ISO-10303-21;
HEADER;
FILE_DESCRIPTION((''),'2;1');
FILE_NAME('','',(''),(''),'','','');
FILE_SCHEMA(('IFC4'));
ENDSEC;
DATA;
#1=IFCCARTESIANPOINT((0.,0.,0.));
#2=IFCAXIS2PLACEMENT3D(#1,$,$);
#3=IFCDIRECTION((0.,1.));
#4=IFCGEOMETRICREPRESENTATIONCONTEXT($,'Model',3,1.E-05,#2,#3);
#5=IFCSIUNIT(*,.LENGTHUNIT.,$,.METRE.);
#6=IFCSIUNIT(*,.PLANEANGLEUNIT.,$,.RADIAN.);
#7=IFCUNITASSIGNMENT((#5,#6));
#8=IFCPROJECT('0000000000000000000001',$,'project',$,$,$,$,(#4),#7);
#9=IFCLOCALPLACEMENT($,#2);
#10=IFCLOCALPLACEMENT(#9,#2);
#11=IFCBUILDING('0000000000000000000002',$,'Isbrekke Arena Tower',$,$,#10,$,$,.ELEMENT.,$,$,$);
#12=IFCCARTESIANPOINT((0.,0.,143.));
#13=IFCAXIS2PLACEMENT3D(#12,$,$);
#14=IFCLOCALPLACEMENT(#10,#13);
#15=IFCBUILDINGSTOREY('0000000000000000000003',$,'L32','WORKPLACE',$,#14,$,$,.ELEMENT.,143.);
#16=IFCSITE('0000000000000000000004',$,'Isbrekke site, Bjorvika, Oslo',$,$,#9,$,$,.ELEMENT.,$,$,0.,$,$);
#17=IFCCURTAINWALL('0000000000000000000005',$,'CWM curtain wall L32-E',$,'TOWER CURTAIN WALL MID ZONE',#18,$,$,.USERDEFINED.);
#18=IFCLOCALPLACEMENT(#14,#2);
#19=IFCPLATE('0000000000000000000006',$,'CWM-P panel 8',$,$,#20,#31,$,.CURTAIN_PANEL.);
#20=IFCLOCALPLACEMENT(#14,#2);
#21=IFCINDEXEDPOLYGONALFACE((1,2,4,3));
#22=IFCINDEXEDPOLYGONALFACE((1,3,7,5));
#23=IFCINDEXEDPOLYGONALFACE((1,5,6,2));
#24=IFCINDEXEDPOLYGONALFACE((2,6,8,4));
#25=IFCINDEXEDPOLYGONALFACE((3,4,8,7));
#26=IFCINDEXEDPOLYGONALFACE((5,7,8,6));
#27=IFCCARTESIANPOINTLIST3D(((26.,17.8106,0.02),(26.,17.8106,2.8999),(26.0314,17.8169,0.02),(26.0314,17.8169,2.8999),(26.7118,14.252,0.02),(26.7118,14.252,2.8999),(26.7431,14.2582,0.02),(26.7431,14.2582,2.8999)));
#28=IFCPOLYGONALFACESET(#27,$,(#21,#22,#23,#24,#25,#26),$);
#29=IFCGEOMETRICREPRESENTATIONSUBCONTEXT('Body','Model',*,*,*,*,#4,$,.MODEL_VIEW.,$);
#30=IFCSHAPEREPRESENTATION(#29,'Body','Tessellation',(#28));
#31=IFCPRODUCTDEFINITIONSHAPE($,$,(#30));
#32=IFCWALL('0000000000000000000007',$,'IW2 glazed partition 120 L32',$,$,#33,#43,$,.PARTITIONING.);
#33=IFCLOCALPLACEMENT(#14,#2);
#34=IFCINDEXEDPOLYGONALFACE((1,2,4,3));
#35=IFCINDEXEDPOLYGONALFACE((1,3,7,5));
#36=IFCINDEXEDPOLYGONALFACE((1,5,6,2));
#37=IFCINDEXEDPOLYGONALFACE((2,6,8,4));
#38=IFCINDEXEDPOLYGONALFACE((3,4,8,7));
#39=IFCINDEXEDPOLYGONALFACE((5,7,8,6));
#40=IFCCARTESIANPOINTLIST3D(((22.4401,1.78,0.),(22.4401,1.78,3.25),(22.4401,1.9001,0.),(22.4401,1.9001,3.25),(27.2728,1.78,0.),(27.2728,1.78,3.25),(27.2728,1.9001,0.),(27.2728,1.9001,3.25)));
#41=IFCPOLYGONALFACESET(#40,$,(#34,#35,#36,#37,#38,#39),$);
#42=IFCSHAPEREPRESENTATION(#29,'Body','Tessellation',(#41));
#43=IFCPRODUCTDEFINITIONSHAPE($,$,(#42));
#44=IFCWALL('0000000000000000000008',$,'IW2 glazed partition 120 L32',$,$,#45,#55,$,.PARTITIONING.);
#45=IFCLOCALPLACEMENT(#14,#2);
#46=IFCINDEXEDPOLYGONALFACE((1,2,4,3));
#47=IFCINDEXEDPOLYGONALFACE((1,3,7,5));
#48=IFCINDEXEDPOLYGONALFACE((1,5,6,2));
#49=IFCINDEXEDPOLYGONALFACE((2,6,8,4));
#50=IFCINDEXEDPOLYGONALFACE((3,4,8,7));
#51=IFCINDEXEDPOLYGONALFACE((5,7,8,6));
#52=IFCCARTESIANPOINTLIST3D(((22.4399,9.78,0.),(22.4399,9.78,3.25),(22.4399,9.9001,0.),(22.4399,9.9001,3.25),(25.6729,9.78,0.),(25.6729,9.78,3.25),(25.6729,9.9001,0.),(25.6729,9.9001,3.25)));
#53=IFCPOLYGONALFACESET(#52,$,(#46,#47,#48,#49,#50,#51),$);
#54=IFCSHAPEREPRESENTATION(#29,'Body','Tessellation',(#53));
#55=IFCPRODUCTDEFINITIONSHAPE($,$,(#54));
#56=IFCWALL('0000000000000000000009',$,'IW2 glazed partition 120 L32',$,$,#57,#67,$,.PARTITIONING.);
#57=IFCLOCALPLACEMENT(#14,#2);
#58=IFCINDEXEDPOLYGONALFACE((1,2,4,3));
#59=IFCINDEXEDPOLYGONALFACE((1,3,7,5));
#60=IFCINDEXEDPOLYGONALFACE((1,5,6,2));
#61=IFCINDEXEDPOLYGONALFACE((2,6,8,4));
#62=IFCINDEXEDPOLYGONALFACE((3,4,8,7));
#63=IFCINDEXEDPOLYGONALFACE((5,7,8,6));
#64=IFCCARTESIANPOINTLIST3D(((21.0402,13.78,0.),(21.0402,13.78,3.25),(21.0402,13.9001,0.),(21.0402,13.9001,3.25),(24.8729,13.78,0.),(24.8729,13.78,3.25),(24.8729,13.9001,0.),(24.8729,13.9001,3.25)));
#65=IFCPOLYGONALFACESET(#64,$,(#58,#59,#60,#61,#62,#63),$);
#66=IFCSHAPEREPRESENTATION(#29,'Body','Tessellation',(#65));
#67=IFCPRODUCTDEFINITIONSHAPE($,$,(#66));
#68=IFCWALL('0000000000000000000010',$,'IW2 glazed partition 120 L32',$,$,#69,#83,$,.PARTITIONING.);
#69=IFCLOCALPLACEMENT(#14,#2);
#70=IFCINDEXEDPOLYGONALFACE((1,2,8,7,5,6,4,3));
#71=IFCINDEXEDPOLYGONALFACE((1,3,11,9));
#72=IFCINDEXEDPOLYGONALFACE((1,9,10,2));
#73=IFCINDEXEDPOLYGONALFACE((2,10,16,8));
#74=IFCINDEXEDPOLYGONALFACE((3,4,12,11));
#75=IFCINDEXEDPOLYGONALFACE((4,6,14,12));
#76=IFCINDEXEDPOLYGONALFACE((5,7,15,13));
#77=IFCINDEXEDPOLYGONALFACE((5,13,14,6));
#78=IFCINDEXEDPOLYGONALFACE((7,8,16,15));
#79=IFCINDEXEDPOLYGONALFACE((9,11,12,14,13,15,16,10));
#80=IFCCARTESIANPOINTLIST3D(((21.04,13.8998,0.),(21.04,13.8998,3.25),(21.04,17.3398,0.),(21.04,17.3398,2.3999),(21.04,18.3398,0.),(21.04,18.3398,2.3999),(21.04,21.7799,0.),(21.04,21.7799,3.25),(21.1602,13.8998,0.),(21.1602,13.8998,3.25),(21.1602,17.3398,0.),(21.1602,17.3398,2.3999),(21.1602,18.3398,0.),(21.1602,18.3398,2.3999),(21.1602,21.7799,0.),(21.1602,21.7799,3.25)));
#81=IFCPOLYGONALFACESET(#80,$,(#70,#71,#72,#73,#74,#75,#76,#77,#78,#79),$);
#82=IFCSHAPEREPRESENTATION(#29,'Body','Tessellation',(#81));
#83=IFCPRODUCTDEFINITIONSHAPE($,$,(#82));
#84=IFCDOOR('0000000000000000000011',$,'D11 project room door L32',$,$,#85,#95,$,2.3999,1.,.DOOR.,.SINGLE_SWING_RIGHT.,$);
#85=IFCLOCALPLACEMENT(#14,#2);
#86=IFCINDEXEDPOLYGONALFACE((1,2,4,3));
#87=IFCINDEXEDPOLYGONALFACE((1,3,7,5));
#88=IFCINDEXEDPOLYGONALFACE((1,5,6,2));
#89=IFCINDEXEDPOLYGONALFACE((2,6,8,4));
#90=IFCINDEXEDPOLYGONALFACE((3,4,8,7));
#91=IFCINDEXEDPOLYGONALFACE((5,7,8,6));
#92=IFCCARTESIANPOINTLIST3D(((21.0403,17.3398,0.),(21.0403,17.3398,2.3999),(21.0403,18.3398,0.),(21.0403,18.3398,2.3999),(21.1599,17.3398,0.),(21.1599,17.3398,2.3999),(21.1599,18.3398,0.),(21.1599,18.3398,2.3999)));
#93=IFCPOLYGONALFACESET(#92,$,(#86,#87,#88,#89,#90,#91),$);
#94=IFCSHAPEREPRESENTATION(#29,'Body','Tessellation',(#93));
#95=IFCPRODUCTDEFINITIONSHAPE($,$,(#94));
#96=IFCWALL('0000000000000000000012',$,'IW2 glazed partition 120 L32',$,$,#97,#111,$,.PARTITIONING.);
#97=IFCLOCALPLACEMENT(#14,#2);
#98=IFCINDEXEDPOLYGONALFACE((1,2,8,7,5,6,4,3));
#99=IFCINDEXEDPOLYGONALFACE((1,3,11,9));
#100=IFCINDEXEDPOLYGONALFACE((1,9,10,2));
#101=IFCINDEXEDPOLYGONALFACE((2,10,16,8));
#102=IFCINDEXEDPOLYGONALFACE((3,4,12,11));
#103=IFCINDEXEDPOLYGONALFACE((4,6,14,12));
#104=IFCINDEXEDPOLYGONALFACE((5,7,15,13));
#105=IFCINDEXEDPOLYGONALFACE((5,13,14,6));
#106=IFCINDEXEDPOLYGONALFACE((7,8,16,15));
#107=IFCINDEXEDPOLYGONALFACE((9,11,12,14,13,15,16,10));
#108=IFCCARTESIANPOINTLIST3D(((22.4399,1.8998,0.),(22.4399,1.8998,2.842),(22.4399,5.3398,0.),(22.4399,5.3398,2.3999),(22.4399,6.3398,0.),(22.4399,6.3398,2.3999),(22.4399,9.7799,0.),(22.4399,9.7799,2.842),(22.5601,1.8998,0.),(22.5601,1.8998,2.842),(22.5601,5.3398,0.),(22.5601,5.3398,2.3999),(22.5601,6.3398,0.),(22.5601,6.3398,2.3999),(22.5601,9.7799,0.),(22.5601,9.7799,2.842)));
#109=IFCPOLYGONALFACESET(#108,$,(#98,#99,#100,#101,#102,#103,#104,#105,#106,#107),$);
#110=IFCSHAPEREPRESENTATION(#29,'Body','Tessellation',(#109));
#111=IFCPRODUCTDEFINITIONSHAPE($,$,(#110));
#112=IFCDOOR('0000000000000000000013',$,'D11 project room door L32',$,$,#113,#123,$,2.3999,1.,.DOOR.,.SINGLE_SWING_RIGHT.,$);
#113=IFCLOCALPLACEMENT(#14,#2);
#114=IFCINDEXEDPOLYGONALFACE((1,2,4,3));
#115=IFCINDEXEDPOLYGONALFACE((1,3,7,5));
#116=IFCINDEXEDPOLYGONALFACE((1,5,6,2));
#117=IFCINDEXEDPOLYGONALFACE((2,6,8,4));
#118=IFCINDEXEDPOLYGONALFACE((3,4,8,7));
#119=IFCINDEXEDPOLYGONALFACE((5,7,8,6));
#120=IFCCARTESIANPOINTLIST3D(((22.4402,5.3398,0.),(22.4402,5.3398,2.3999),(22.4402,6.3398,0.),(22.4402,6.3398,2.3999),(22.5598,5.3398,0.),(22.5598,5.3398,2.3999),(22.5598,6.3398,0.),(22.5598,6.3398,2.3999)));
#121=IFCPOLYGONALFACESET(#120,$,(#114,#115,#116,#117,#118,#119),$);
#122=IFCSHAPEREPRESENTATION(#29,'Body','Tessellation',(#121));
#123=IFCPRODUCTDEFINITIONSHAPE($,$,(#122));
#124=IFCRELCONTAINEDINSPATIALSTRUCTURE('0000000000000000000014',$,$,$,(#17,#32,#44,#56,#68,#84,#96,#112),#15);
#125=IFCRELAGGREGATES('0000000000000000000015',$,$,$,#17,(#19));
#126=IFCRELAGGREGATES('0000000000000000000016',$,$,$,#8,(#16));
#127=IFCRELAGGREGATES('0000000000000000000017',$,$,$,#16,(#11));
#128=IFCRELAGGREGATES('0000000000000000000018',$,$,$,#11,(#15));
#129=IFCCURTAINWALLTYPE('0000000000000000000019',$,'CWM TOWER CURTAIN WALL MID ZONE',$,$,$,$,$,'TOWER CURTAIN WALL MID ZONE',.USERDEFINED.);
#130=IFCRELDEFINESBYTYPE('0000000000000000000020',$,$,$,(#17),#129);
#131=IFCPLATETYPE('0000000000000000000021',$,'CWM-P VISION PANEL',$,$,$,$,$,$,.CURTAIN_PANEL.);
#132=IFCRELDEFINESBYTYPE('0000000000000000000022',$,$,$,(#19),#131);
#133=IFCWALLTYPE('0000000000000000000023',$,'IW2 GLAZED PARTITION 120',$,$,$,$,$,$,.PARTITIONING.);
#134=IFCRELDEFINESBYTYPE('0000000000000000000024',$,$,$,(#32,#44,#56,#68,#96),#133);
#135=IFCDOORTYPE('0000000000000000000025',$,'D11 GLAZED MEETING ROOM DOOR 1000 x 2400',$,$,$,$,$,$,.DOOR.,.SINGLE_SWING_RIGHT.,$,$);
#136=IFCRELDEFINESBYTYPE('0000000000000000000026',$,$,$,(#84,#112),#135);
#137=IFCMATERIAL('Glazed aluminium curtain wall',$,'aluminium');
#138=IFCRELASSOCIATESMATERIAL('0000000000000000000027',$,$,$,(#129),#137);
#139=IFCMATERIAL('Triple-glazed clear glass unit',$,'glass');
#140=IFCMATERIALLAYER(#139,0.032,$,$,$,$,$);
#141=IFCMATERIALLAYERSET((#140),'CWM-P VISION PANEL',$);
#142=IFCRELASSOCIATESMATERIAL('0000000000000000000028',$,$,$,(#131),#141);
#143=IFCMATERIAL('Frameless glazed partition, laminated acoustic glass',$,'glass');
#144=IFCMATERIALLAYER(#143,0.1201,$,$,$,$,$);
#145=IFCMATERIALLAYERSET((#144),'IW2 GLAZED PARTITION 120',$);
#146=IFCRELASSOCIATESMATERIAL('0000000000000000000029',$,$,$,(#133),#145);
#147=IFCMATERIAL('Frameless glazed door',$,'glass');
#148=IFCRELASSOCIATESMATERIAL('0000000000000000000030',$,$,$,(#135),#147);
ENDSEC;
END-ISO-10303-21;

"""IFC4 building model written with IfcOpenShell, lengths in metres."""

from ifc_helpers import new_model, si_unit, direction, frame, frame_2d, origin, origin_2d, place, context, subcontext, project, spatial, rectangle, extrude, material, layer, layer_set, type_object, element, fill, aggregate, save


model = new_model("IFC4")

# Units and contexts
model_context = context("Model", 3, precision=1e-05, world=origin(), true_north=direction((0.0, 1.0)))
body_context = subcontext(model_context, "Body", "Model", "MODEL_VIEW")
ifc_project = project(units=[si_unit("LENGTHUNIT", "METRE"), si_unit("PLANEANGLEUNIT", "RADIAN")], contexts=[model_context])

# Site, building, storey
site_placement = place(None, origin())
site = spatial("IfcSite", under=ifc_project, at=site_placement, Name="Isbrekke site, Bjorvika, Oslo", CompositionType="ELEMENT", RefElevation=0.0)
building_placement = place(site_placement, origin())
building = spatial("IfcBuilding", under=site, at=building_placement, Name="Isbrekke Arena Tower", CompositionType="ELEMENT")
storey_placement = place(building_placement, frame((0.0, 0.0, 143.0)))
storey = spatial("IfcBuildingStorey", under=building, at=storey_placement, Name="L32", Description="WORKPLACE", CompositionType="ELEMENT", Elevation=143.0)

# Curtain wall
ifc_material_1 = material(Name="Glazed aluminium curtain wall", Category="aluminium")
curtain_wall_type = type_object("IfcCurtainWallType", Name="CWM TOWER CURTAIN WALL MID ZONE", ElementType="TOWER CURTAIN WALL MID ZONE", PredefinedType="USERDEFINED", material=ifc_material_1)
curtain_wall_placement = place(storey_placement, origin())
curtain_wall = element("IfcCurtainWall", 1, at=curtain_wall_placement, inside=storey, type_object=curtain_wall_type, Name="CWM curtain wall L32-E", ObjectType="TOWER CURTAIN WALL MID ZONE", PredefinedType="USERDEFINED")

# Plate
ifc_material_2 = material(Name="Triple-glazed clear glass unit", Category="glass")
ifc_layer_1 = layer(ifc_material_2, 0.032)
ifc_layer_set_1 = layer_set([ifc_layer_1], Name="CWM-P VISION PANEL")
plate_type = type_object("IfcPlateType", Name="CWM-P VISION PANEL", PredefinedType="CURTAIN_PANEL", material=ifc_layer_set_1)
plate_1_placement = place(storey_placement, frame((26.3716, 16.0344, 0.02), z_axis=(0.0, 0.0, 1.0), x_axis=(-0.196116, 0.980581, 0.0)))
plate_1 = element("IfcPlate", 2, at=plate_1_placement, type_object=plate_type, Name="CWM-P panel 8", PredefinedType="CURTAIN_PANEL", context=body_context, shape_type="SweptSolid", body=[
    extrude(rectangle(XDim=3.6292, YDim=0.032, at=origin_2d()), origin(), (0.0, 0.0, 1.0), 2.8799),
])
aggregate(curtain_wall, [plate_1])

# Walls
ifc_material_3 = material(Name="Frameless glazed partition, laminated acoustic glass", Category="glass")
ifc_layer_2 = layer(ifc_material_3, 0.1201)
ifc_layer_set_2 = layer_set([ifc_layer_2], Name="IW2 GLAZED PARTITION 120")
wall_type = type_object("IfcWallType", Name="IW2 GLAZED PARTITION 120", PredefinedType="PARTITIONING", material=ifc_layer_set_2)
wall_1_placement = place(storey_placement, frame((22.4399, 1.8401, 0.0), z_axis=(0.0, 0.0, 1.0), x_axis=(1.0, 0.0, 0.0)))
element("IfcWall", 3, at=wall_1_placement, inside=storey, type_object=wall_type, Name="IW2 glazed partition 120 L32", PredefinedType="PARTITIONING", context=body_context, shape_type="SweptSolid", body=[
    extrude(rectangle(XDim=4.8328, YDim=0.1201, at=frame_2d((2.4165, 0.0))), origin(), (0.0, 0.0, 1.0), 3.25),
])
wall_2_placement = place(storey_placement, frame((22.4399, 9.8401, 0.0), z_axis=(0.0, 0.0, 1.0), x_axis=(1.0, 0.0, 0.0)))
element("IfcWall", 4, at=wall_2_placement, inside=storey, type_object=wall_type, Name="IW2 glazed partition 120 L32", PredefinedType="PARTITIONING", context=body_context, shape_type="SweptSolid", body=[
    extrude(rectangle(XDim=3.2329, YDim=0.1201, at=frame_2d((1.6165, 0.0))), origin(), (0.0, 0.0, 1.0), 3.25),
])
wall_3_placement = place(storey_placement, frame((21.04, 13.8401, 0.0), z_axis=(0.0, 0.0, 1.0), x_axis=(1.0, 0.0, 0.0)))
element("IfcWall", 5, at=wall_3_placement, inside=storey, type_object=wall_type, Name="IW2 glazed partition 120 L32", PredefinedType="PARTITIONING", context=body_context, shape_type="SweptSolid", body=[
    extrude(rectangle(XDim=3.8328, YDim=0.1201, at=frame_2d((1.9165, 0.0))), origin(), (0.0, 0.0, 1.0), 3.25),
])

# Walls, openings, doors
wall_4_placement = place(storey_placement, frame((21.1001, 13.8999, 0.0), z_axis=(0.0, 0.0, 1.0), x_axis=(0.0, 1.0, 0.0)))
wall_4 = element("IfcWall", 6, at=wall_4_placement, inside=storey, type_object=wall_type, Name="IW2 glazed partition 120 L32", PredefinedType="PARTITIONING", context=body_context, shape_type="SweptSolid", body=[
    extrude(rectangle(XDim=7.8801, YDim=0.1201, at=frame_2d((3.9399, 0.0))), origin(), (0.0, 0.0, 1.0), 3.25),
])
opening_1_placement = place(wall_4_placement, frame((3.4399, 0.0, 0.0)))
opening_1 = element("IfcOpeningElement", 7, at=opening_1_placement, cuts=wall_4, PredefinedType="OPENING", context=body_context, shape_type="SweptSolid", body=[
    extrude(rectangle(XDim=1.0, YDim=2.3999, at=frame_2d((0.5, 1.2))), frame((0.0, 0.075, 0.0), z_axis=(0.0, -1.0, 0.0), x_axis=(1.0, 0.0, 0.0)), (0.0, 0.0, 1.0), 0.1499),
])
ifc_material_4 = material(Name="Frameless glazed door", Category="glass")
door_type = type_object("IfcDoorType", Name="D11 GLAZED MEETING ROOM DOOR 1000 x 2400", OperationType="SINGLE_SWING_RIGHT", PredefinedType="DOOR", material=ifc_material_4)
door_1_placement = place(opening_1_placement, origin())
door_1 = element("IfcDoor", 8, at=door_1_placement, inside=storey, type_object=door_type, Name="D11 project room door L32", OperationType="SINGLE_SWING_RIGHT", OverallHeight=2.3999, OverallWidth=1.0, PredefinedType="DOOR", context=body_context, shape_type="SweptSolid", body=[
    extrude(rectangle(XDim=1.0, YDim=2.3999, at=frame_2d((0.5, 1.2))), frame((0.0, 0.0598, 0.0), z_axis=(0.0, -1.0, 0.0), x_axis=(1.0, 0.0, 0.0)), (0.0, 0.0, 1.0), 0.1196),
])
fill(opening_1, door_1)
wall_5_placement = place(storey_placement, frame((22.5, 1.8999, 0.0), z_axis=(0.0, 0.0, 1.0), x_axis=(0.0, 1.0, 0.0)))
wall_5 = element("IfcWall", 9, at=wall_5_placement, inside=storey, type_object=wall_type, Name="IW2 glazed partition 120 L32", PredefinedType="PARTITIONING", context=body_context, shape_type="SweptSolid", body=[
    extrude(rectangle(XDim=7.8801, YDim=0.1201, at=frame_2d((3.9399, 0.0))), origin(), (0.0, 0.0, 1.0), 2.842),
])
opening_2_placement = place(wall_5_placement, frame((3.4399, 0.0, 0.0)))
opening_2 = element("IfcOpeningElement", 10, at=opening_2_placement, cuts=wall_5, PredefinedType="OPENING", context=body_context, shape_type="SweptSolid", body=[
    extrude(rectangle(XDim=1.0, YDim=2.3999, at=frame_2d((0.5, 1.2))), frame((0.0, 0.075, 0.0), z_axis=(0.0, -1.0, 0.0), x_axis=(1.0, 0.0, 0.0)), (0.0, 0.0, 1.0), 0.1499),
])
door_2_placement = place(opening_2_placement, origin())
door_2 = element("IfcDoor", 11, at=door_2_placement, inside=storey, type_object=door_type, Name="D11 project room door L32", OperationType="SINGLE_SWING_RIGHT", OverallHeight=2.3999, OverallWidth=1.0, PredefinedType="DOOR", context=body_context, shape_type="SweptSolid", body=[
    extrude(rectangle(XDim=1.0, YDim=2.3999, at=frame_2d((0.5, 1.2))), frame((0.0, 0.0598, 0.0), z_axis=(0.0, -1.0, 0.0), x_axis=(1.0, 0.0, 0.0)), (0.0, 0.0, 1.0), 0.1196),
])
fill(opening_2, door_2)

save(model, "model.ifc")
